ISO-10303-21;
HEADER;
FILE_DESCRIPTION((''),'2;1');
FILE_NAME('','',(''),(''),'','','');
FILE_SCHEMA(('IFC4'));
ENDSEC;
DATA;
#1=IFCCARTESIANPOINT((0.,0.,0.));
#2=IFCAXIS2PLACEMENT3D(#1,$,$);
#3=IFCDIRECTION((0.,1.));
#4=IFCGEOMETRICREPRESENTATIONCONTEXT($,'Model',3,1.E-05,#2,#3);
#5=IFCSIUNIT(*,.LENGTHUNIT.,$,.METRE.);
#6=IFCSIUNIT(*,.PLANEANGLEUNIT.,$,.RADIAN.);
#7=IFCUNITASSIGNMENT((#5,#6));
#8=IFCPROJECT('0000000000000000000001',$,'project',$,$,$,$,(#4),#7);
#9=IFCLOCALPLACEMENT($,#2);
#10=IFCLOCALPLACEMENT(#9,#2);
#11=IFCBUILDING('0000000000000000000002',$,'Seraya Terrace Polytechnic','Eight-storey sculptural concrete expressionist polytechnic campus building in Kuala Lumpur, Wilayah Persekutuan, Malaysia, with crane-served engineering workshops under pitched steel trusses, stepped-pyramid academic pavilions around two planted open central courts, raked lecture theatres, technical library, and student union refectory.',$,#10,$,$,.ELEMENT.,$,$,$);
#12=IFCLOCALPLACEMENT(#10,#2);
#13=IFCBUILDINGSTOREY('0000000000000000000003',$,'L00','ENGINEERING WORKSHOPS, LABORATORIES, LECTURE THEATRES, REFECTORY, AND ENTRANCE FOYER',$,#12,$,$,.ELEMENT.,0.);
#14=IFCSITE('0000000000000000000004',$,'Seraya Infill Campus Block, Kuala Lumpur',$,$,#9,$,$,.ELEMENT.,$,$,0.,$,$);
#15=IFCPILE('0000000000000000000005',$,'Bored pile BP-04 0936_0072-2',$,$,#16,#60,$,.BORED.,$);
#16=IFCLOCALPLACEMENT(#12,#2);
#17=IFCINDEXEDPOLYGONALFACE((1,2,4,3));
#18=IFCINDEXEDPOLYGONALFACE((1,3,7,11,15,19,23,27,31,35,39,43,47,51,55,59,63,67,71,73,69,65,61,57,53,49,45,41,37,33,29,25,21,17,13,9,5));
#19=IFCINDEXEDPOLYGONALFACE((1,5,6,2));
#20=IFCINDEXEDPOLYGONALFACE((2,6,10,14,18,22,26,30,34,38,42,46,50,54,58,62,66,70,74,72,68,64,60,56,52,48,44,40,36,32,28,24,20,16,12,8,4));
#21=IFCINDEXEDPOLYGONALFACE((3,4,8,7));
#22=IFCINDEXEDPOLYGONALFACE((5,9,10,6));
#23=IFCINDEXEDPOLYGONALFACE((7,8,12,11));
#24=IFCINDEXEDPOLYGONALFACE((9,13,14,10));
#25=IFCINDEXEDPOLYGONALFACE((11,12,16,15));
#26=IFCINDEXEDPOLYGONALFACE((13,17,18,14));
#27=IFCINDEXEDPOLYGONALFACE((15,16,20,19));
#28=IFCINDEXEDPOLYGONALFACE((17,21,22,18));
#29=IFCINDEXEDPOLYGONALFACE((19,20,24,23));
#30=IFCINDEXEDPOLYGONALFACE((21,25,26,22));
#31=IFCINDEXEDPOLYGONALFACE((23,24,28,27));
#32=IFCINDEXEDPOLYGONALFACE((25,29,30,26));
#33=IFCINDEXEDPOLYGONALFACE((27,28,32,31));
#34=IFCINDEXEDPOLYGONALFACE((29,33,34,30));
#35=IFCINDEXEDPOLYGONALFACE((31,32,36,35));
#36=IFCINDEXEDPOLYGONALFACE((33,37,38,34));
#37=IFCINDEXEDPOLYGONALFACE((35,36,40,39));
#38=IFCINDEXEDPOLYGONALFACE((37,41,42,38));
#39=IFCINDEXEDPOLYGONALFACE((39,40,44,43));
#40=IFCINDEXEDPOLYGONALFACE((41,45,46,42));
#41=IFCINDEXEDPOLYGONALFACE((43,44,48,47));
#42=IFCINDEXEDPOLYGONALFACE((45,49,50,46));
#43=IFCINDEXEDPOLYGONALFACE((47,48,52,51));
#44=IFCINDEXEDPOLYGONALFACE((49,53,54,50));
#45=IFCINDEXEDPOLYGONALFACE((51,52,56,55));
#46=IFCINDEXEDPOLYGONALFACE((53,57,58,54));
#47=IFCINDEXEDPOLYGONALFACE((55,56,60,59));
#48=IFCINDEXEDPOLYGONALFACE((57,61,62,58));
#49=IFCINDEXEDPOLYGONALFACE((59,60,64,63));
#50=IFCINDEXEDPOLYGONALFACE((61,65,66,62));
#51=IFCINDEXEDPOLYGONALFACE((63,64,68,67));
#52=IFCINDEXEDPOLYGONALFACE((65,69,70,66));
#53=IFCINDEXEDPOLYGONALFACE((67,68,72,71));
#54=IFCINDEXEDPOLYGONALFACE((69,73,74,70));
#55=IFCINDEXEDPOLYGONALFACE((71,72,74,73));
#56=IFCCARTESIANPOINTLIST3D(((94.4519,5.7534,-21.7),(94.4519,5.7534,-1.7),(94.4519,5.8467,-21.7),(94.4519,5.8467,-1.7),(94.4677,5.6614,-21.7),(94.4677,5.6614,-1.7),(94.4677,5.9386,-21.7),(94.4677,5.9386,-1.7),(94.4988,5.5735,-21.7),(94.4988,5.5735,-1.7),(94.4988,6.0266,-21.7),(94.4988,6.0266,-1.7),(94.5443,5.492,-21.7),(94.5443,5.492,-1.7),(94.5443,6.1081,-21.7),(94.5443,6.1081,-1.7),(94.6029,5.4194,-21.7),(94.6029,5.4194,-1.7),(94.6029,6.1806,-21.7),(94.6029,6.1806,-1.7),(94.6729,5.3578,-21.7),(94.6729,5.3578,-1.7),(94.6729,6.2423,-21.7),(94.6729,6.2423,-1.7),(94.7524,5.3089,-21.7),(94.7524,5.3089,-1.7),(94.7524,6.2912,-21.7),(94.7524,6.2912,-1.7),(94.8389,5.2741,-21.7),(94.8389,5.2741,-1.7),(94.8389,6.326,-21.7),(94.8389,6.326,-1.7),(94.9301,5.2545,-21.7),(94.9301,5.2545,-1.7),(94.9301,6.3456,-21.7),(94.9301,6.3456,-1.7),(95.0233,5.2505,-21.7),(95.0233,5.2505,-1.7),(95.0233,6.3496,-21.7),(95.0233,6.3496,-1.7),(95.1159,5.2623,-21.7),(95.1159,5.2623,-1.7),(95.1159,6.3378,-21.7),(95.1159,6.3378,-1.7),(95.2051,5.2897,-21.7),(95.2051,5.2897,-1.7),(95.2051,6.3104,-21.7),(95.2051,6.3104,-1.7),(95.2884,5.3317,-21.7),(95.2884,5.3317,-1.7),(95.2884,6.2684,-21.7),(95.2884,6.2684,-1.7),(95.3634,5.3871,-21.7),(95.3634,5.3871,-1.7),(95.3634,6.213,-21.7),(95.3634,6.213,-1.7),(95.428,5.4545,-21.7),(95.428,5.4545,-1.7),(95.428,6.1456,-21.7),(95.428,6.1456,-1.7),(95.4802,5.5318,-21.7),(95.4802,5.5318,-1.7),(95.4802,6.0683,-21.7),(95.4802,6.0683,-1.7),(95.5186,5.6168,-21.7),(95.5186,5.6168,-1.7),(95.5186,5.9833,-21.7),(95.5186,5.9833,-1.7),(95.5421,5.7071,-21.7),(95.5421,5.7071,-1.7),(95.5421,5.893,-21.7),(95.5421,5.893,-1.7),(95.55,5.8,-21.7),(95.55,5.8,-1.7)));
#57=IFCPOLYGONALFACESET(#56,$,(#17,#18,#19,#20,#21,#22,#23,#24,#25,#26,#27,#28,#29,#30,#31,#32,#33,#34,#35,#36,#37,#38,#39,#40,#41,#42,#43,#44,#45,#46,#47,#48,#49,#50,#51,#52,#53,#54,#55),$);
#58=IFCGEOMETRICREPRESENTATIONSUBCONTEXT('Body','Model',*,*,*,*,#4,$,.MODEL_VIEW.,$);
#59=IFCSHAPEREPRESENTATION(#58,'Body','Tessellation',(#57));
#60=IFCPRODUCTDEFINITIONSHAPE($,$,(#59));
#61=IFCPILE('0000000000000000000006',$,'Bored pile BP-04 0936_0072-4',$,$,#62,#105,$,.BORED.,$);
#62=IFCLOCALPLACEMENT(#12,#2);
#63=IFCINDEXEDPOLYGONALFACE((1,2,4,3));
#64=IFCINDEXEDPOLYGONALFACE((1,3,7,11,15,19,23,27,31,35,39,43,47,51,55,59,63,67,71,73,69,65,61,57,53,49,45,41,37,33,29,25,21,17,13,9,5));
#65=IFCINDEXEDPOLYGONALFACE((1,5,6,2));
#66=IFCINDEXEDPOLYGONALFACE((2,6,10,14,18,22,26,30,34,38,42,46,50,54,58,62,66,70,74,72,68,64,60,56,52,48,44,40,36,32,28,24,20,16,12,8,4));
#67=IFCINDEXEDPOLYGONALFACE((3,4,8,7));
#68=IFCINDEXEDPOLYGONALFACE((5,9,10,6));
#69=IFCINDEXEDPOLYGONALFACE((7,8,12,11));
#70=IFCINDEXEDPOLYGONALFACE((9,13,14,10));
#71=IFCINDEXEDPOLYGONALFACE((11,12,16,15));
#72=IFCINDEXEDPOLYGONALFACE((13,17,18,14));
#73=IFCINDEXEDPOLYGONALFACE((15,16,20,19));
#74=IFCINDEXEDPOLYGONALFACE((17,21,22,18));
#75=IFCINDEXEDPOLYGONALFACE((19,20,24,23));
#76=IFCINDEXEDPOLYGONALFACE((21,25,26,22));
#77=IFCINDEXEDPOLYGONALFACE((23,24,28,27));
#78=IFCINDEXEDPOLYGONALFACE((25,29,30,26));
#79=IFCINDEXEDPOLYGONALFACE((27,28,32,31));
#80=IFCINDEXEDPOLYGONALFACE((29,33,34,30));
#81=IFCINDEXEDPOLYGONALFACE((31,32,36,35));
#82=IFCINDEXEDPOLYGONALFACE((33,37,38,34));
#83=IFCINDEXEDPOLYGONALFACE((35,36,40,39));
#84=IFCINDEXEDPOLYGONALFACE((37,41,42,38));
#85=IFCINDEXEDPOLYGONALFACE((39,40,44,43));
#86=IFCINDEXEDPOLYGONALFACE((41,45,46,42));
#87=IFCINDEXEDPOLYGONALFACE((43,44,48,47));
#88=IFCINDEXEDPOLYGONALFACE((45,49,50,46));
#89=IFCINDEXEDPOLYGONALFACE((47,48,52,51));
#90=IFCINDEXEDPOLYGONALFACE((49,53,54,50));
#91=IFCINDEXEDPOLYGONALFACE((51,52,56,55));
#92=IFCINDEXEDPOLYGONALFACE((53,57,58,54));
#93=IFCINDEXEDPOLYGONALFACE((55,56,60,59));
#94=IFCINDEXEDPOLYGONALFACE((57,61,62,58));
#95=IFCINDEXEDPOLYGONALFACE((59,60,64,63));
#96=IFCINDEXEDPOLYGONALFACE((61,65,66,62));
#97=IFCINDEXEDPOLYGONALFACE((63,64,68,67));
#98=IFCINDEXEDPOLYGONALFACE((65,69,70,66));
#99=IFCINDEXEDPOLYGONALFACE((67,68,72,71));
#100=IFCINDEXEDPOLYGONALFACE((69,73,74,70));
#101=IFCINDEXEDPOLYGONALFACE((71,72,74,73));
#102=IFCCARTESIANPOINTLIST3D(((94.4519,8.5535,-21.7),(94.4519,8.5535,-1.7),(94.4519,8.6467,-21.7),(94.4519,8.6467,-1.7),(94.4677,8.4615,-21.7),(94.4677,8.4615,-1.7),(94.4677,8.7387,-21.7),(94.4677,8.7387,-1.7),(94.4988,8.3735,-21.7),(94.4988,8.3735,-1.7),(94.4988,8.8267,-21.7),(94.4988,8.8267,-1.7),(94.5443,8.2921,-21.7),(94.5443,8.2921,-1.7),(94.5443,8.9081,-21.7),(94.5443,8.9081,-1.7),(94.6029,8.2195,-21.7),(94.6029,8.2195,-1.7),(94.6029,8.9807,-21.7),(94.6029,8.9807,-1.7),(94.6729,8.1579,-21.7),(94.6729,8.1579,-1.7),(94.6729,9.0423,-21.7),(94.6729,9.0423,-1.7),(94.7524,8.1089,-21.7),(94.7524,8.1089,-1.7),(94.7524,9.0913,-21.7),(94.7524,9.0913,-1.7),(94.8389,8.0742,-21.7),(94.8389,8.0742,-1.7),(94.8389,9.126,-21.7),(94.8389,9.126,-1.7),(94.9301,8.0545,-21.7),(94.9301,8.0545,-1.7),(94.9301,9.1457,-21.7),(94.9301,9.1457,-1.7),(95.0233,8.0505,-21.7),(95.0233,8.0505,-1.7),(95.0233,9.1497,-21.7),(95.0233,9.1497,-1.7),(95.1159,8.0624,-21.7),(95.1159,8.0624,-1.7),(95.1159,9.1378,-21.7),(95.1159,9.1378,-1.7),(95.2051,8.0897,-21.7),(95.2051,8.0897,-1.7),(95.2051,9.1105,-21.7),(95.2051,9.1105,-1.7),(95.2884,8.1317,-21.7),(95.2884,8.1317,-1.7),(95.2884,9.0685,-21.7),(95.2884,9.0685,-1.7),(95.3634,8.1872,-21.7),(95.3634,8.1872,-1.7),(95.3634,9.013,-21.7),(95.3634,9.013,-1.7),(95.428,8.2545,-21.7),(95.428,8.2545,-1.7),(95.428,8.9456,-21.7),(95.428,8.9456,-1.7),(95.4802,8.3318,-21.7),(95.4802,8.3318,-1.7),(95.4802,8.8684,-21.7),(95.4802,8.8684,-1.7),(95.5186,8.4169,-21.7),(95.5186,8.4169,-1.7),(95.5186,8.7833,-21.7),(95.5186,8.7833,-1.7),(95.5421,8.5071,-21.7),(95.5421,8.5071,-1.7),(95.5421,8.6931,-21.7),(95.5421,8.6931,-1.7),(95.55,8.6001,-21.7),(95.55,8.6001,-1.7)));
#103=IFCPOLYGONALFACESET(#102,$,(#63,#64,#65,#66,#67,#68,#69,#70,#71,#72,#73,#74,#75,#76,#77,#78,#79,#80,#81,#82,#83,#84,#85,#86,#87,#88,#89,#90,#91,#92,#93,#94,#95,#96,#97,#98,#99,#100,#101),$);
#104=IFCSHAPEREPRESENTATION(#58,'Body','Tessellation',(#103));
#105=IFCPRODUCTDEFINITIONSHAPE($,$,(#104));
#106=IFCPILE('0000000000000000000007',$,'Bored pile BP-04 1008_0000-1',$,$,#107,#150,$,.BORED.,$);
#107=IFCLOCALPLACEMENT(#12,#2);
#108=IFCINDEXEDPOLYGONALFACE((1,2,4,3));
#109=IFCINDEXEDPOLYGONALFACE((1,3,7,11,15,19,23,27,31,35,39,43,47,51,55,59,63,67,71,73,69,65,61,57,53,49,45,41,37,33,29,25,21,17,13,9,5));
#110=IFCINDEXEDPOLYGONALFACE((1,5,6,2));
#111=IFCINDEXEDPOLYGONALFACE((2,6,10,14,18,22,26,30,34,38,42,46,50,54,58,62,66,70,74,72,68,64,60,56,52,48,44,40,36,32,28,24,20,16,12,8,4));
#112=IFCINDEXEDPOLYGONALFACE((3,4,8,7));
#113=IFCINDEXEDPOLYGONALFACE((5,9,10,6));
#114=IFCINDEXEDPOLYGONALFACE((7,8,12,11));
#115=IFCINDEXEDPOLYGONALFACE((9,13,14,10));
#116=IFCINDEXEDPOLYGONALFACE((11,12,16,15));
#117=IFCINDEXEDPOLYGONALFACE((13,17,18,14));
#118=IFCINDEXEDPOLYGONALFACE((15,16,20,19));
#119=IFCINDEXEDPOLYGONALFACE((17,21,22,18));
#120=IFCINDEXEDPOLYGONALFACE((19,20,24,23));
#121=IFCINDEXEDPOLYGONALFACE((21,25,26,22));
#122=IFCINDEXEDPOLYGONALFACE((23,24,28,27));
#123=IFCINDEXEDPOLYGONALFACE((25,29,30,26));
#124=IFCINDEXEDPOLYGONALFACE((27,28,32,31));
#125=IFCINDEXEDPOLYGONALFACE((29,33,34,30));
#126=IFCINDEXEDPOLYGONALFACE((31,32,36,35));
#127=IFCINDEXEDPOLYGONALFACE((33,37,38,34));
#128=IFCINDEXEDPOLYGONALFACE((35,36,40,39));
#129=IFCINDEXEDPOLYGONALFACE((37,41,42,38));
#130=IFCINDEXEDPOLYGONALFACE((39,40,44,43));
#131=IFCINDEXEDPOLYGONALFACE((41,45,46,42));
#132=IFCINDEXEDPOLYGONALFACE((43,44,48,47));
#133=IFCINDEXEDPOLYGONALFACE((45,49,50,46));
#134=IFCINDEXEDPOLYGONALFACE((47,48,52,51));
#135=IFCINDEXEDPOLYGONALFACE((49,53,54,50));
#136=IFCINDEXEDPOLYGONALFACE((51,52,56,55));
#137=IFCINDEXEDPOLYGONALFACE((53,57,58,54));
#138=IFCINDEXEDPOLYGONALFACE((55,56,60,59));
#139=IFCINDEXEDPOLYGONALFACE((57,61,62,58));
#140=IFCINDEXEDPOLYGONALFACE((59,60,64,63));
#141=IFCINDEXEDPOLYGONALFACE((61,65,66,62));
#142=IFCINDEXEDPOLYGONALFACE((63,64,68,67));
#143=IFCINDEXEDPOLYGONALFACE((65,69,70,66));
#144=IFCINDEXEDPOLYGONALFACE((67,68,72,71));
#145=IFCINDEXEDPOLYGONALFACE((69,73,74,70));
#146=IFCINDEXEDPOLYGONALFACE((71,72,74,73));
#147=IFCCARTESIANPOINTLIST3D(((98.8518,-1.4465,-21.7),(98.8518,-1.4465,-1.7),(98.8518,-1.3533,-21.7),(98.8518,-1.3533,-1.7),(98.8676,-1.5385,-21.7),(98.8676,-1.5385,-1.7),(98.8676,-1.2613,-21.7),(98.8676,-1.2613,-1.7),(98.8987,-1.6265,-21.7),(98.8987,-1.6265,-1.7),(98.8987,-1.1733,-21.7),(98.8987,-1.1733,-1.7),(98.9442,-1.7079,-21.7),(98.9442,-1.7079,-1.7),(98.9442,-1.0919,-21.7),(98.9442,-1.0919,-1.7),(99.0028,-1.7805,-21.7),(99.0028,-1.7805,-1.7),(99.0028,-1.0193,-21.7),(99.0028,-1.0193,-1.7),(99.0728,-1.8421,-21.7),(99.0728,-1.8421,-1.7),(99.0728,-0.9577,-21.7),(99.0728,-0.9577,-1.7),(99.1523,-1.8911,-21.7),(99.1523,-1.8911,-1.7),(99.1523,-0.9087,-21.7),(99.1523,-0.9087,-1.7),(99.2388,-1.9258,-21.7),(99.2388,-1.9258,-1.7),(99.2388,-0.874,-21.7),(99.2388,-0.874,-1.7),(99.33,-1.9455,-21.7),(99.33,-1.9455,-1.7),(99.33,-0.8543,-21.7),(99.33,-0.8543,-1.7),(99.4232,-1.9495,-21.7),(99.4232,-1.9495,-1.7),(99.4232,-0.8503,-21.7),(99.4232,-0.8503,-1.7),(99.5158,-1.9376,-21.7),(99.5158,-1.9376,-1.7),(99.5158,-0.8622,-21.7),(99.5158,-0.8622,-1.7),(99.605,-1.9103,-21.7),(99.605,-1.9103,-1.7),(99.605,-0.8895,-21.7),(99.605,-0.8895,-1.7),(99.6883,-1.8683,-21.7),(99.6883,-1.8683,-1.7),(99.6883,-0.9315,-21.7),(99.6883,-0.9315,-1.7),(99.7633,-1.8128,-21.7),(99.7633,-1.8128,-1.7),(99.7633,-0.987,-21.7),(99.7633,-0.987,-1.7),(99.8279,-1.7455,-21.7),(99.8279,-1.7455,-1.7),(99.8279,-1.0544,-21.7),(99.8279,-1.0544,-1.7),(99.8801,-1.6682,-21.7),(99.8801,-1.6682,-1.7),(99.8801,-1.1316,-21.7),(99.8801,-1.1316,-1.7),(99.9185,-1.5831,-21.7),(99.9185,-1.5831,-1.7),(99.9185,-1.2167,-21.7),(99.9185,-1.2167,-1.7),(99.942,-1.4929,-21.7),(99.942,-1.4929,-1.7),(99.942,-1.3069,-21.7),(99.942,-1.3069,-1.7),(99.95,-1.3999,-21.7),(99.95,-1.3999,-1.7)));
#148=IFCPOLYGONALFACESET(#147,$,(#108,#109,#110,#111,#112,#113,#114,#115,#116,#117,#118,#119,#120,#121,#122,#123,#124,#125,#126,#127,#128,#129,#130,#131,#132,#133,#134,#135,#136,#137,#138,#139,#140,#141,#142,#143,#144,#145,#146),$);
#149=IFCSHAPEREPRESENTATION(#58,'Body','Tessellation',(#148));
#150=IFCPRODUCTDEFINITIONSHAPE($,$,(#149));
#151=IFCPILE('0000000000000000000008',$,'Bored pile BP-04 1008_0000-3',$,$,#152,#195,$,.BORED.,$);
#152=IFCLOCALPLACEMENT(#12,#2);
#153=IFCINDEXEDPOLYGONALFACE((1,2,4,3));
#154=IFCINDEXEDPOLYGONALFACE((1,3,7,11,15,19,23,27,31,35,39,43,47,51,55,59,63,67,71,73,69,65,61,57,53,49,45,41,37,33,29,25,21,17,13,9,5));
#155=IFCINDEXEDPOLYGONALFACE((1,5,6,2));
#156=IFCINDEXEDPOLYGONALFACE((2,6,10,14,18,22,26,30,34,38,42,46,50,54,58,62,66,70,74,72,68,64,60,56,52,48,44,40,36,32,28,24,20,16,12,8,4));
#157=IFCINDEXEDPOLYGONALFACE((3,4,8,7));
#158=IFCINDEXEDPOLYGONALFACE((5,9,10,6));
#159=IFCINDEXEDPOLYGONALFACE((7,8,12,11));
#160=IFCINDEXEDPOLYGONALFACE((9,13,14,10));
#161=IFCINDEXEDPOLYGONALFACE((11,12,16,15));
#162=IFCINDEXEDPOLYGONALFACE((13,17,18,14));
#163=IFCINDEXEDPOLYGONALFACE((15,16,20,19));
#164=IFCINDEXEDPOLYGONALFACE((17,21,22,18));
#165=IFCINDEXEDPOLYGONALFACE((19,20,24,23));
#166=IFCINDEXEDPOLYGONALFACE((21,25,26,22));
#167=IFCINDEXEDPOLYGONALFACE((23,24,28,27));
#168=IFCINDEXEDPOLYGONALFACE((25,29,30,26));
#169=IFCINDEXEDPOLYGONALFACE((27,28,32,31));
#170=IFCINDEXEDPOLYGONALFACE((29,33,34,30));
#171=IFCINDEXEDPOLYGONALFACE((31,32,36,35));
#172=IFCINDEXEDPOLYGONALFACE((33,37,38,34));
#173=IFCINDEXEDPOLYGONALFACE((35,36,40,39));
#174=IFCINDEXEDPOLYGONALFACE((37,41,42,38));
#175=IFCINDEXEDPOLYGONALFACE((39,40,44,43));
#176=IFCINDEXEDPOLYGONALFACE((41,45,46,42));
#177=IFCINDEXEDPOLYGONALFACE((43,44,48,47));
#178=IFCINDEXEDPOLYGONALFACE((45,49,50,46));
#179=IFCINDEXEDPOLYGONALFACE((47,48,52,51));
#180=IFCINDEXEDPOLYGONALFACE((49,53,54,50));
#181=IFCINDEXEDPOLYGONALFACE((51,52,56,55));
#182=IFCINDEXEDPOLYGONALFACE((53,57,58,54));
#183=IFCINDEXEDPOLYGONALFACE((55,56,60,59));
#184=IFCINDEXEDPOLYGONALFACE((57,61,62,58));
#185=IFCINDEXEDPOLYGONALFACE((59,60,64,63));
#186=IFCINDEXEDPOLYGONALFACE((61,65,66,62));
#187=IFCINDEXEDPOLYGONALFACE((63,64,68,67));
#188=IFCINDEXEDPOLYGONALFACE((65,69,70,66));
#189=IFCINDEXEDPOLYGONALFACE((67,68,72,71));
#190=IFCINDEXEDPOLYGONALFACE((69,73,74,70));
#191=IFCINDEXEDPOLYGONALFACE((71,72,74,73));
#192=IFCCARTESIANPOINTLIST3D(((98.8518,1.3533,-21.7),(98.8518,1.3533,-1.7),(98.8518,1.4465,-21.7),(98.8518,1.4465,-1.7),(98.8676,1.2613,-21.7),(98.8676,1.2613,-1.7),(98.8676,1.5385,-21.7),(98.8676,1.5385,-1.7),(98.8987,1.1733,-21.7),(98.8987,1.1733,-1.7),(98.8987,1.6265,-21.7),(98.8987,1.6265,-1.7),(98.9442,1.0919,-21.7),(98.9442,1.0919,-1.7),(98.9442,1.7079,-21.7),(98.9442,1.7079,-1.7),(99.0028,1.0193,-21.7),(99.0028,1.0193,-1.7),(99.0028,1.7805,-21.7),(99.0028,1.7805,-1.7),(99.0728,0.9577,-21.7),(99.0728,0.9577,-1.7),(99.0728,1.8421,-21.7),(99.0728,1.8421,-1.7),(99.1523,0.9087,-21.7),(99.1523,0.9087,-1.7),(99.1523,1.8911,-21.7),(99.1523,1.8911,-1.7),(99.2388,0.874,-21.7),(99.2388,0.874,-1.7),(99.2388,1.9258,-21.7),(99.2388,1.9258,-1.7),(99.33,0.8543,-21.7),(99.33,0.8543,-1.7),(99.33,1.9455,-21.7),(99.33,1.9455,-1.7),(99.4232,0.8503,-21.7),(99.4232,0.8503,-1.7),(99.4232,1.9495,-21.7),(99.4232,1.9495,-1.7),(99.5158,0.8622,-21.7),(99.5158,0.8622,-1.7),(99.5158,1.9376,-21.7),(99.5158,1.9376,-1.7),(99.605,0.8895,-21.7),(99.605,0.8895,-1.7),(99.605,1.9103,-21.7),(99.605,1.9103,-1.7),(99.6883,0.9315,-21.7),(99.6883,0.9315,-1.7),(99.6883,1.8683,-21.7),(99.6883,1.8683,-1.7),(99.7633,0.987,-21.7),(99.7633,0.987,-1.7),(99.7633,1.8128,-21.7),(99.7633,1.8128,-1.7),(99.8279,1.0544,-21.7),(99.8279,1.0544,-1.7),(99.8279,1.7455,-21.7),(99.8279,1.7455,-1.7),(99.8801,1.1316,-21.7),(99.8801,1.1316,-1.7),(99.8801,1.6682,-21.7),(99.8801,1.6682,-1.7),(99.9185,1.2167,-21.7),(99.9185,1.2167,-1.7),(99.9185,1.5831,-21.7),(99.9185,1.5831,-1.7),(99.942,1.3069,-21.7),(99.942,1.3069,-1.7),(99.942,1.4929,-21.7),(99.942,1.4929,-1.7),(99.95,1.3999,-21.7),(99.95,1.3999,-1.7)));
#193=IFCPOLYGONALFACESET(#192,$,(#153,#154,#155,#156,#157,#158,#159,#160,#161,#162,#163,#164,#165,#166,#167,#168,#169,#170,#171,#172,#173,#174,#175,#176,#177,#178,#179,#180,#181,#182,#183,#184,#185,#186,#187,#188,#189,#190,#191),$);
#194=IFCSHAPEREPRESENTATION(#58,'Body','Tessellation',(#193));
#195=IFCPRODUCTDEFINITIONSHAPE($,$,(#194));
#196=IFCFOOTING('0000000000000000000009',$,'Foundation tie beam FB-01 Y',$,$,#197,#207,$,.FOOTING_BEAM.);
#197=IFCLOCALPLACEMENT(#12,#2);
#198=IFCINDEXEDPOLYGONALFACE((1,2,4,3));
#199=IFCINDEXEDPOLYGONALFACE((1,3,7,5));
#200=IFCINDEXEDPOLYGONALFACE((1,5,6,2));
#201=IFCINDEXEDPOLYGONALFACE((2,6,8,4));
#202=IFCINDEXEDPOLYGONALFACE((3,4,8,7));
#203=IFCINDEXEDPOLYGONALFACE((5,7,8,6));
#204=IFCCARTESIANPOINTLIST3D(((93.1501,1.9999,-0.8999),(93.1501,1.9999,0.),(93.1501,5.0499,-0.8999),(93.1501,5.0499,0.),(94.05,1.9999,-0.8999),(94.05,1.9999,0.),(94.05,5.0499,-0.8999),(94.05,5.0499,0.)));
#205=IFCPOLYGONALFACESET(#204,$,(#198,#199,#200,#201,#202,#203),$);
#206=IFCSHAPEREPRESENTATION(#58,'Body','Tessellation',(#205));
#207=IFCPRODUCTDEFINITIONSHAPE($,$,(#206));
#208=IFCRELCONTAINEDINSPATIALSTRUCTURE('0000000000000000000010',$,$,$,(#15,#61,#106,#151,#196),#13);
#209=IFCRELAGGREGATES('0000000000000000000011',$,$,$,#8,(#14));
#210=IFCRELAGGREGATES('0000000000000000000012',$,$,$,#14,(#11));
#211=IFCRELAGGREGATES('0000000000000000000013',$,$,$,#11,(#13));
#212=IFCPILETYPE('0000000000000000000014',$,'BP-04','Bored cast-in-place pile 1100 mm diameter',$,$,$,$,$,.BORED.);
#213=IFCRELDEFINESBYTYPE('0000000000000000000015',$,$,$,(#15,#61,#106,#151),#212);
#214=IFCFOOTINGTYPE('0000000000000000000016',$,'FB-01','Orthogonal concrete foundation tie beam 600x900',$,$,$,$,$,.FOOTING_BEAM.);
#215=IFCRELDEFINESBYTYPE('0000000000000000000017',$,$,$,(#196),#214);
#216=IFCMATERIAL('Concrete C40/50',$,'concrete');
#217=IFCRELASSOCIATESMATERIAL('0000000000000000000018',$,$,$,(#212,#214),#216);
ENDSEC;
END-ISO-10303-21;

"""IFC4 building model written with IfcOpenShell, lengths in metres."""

from ifc_helpers import new_model, si_unit, direction, frame, origin, origin_2d, place, context, subcontext, project, spatial, rectangle, circle, extrude, material, material_profile, profile_set, type_object, element, save


model = new_model("IFC4")

# Units and contexts
model_context = context("Model", 3, precision=1e-05, world=origin(), true_north=direction((0.0, 1.0)))
body_context = subcontext(model_context, "Body", "Model", "MODEL_VIEW")
ifc_project = project(units=[si_unit("LENGTHUNIT", "METRE"), si_unit("PLANEANGLEUNIT", "RADIAN")], contexts=[model_context])

# Site, building, storey
site_placement = place(None, origin())
site = spatial("IfcSite", under=ifc_project, at=site_placement, Name="Seraya Infill Campus Block, Kuala Lumpur", CompositionType="ELEMENT", RefElevation=0.0)
building_placement = place(site_placement, origin())
building = spatial("IfcBuilding", under=site, at=building_placement, Name="Seraya Terrace Polytechnic", Description="Eight-storey sculptural concrete expressionist polytechnic campus building in Kuala Lumpur, Wilayah Persekutuan, Malaysia, with crane-served engineering workshops under pitched steel trusses, stepped-pyramid academic pavilions around two planted open central courts, raked lecture theatres, technical library, and student union refectory.", CompositionType="ELEMENT")
storey_placement = place(building_placement, origin())
storey = spatial("IfcBuildingStorey", under=building, at=storey_placement, Name="L00", Description="ENGINEERING WORKSHOPS, LABORATORIES, LECTURE THEATRES, REFECTORY, AND ENTRANCE FOYER", CompositionType="ELEMENT", Elevation=0.0)

# Piles
ifc_material_1 = material(Name="Concrete C40/50", Category="concrete")
ifc_material_profile_1 = material_profile(ifc_material_1, circle(Radius=0.55, at=origin_2d()), Name="DIA 1100")
ifc_profile_set_1 = profile_set([ifc_material_profile_1], Name="Concrete C40/50")
pile_type_1 = type_object("IfcPileType", Name="BP-04", Description="Bored cast-in-place pile 1100 mm diameter", PredefinedType="BORED", material=ifc_profile_set_1)
for number, where, z_axis, x_axis, name in (
    (1, (95.0, 5.8, -1.7), (0.0, 0.0, -1.0), (1.0, 0.0, 0.0), "Bored pile BP-04 0936_0072-2"),
    (2, (95.0, 8.6001, -1.7), (0.0, 0.0, -1.0), (1.0, 0.0, 0.0), "Bored pile BP-04 0936_0072-4"),
    (3, (99.3999, -1.3999, -1.7), (0.0, 0.0, -1.0), (1.0, 0.0, 0.0), "Bored pile BP-04 1008_0000-1"),
    (4, (99.3999, 1.3999, -1.7), (0.0, 0.0, -1.0), (1.0, 0.0, 0.0), "Bored pile BP-04 1008_0000-3"),
):
    element("IfcPile", number, at=place(storey_placement, frame(where, z_axis=z_axis, x_axis=x_axis)), inside=storey, type_object=pile_type_1, Name=name, PredefinedType="BORED", context=body_context, shape_type="SweptSolid", body=[
        extrude(circle(Radius=0.55, at=origin_2d()), origin(), (0.0, 0.0, 1.0), 20.0),
    ])

# Footing
footing_type_1 = type_object("IfcFootingType", Name="FB-01", Description="Orthogonal concrete foundation tie beam 600x900", PredefinedType="FOOTING_BEAM", material=ifc_material_1)
for number, where, z_axis, x_axis, name in (
    (5, (93.6001, 3.5249, -0.8999), (0.0, 0.0, 1.0), (0.0, 1.0, 0.0), "Foundation tie beam FB-01 Y"),
):
    element("IfcFooting", number, at=place(storey_placement, frame(where, z_axis=z_axis, x_axis=x_axis)), inside=storey, type_object=footing_type_1, Name=name, PredefinedType="FOOTING_BEAM", context=body_context, shape_type="SweptSolid", body=[
        extrude(rectangle(XDim=3.05, YDim=0.8999, at=origin_2d()), origin(), (0.0, 0.0, 1.0), 0.8999),
    ])

save(model, "model.ifc")
